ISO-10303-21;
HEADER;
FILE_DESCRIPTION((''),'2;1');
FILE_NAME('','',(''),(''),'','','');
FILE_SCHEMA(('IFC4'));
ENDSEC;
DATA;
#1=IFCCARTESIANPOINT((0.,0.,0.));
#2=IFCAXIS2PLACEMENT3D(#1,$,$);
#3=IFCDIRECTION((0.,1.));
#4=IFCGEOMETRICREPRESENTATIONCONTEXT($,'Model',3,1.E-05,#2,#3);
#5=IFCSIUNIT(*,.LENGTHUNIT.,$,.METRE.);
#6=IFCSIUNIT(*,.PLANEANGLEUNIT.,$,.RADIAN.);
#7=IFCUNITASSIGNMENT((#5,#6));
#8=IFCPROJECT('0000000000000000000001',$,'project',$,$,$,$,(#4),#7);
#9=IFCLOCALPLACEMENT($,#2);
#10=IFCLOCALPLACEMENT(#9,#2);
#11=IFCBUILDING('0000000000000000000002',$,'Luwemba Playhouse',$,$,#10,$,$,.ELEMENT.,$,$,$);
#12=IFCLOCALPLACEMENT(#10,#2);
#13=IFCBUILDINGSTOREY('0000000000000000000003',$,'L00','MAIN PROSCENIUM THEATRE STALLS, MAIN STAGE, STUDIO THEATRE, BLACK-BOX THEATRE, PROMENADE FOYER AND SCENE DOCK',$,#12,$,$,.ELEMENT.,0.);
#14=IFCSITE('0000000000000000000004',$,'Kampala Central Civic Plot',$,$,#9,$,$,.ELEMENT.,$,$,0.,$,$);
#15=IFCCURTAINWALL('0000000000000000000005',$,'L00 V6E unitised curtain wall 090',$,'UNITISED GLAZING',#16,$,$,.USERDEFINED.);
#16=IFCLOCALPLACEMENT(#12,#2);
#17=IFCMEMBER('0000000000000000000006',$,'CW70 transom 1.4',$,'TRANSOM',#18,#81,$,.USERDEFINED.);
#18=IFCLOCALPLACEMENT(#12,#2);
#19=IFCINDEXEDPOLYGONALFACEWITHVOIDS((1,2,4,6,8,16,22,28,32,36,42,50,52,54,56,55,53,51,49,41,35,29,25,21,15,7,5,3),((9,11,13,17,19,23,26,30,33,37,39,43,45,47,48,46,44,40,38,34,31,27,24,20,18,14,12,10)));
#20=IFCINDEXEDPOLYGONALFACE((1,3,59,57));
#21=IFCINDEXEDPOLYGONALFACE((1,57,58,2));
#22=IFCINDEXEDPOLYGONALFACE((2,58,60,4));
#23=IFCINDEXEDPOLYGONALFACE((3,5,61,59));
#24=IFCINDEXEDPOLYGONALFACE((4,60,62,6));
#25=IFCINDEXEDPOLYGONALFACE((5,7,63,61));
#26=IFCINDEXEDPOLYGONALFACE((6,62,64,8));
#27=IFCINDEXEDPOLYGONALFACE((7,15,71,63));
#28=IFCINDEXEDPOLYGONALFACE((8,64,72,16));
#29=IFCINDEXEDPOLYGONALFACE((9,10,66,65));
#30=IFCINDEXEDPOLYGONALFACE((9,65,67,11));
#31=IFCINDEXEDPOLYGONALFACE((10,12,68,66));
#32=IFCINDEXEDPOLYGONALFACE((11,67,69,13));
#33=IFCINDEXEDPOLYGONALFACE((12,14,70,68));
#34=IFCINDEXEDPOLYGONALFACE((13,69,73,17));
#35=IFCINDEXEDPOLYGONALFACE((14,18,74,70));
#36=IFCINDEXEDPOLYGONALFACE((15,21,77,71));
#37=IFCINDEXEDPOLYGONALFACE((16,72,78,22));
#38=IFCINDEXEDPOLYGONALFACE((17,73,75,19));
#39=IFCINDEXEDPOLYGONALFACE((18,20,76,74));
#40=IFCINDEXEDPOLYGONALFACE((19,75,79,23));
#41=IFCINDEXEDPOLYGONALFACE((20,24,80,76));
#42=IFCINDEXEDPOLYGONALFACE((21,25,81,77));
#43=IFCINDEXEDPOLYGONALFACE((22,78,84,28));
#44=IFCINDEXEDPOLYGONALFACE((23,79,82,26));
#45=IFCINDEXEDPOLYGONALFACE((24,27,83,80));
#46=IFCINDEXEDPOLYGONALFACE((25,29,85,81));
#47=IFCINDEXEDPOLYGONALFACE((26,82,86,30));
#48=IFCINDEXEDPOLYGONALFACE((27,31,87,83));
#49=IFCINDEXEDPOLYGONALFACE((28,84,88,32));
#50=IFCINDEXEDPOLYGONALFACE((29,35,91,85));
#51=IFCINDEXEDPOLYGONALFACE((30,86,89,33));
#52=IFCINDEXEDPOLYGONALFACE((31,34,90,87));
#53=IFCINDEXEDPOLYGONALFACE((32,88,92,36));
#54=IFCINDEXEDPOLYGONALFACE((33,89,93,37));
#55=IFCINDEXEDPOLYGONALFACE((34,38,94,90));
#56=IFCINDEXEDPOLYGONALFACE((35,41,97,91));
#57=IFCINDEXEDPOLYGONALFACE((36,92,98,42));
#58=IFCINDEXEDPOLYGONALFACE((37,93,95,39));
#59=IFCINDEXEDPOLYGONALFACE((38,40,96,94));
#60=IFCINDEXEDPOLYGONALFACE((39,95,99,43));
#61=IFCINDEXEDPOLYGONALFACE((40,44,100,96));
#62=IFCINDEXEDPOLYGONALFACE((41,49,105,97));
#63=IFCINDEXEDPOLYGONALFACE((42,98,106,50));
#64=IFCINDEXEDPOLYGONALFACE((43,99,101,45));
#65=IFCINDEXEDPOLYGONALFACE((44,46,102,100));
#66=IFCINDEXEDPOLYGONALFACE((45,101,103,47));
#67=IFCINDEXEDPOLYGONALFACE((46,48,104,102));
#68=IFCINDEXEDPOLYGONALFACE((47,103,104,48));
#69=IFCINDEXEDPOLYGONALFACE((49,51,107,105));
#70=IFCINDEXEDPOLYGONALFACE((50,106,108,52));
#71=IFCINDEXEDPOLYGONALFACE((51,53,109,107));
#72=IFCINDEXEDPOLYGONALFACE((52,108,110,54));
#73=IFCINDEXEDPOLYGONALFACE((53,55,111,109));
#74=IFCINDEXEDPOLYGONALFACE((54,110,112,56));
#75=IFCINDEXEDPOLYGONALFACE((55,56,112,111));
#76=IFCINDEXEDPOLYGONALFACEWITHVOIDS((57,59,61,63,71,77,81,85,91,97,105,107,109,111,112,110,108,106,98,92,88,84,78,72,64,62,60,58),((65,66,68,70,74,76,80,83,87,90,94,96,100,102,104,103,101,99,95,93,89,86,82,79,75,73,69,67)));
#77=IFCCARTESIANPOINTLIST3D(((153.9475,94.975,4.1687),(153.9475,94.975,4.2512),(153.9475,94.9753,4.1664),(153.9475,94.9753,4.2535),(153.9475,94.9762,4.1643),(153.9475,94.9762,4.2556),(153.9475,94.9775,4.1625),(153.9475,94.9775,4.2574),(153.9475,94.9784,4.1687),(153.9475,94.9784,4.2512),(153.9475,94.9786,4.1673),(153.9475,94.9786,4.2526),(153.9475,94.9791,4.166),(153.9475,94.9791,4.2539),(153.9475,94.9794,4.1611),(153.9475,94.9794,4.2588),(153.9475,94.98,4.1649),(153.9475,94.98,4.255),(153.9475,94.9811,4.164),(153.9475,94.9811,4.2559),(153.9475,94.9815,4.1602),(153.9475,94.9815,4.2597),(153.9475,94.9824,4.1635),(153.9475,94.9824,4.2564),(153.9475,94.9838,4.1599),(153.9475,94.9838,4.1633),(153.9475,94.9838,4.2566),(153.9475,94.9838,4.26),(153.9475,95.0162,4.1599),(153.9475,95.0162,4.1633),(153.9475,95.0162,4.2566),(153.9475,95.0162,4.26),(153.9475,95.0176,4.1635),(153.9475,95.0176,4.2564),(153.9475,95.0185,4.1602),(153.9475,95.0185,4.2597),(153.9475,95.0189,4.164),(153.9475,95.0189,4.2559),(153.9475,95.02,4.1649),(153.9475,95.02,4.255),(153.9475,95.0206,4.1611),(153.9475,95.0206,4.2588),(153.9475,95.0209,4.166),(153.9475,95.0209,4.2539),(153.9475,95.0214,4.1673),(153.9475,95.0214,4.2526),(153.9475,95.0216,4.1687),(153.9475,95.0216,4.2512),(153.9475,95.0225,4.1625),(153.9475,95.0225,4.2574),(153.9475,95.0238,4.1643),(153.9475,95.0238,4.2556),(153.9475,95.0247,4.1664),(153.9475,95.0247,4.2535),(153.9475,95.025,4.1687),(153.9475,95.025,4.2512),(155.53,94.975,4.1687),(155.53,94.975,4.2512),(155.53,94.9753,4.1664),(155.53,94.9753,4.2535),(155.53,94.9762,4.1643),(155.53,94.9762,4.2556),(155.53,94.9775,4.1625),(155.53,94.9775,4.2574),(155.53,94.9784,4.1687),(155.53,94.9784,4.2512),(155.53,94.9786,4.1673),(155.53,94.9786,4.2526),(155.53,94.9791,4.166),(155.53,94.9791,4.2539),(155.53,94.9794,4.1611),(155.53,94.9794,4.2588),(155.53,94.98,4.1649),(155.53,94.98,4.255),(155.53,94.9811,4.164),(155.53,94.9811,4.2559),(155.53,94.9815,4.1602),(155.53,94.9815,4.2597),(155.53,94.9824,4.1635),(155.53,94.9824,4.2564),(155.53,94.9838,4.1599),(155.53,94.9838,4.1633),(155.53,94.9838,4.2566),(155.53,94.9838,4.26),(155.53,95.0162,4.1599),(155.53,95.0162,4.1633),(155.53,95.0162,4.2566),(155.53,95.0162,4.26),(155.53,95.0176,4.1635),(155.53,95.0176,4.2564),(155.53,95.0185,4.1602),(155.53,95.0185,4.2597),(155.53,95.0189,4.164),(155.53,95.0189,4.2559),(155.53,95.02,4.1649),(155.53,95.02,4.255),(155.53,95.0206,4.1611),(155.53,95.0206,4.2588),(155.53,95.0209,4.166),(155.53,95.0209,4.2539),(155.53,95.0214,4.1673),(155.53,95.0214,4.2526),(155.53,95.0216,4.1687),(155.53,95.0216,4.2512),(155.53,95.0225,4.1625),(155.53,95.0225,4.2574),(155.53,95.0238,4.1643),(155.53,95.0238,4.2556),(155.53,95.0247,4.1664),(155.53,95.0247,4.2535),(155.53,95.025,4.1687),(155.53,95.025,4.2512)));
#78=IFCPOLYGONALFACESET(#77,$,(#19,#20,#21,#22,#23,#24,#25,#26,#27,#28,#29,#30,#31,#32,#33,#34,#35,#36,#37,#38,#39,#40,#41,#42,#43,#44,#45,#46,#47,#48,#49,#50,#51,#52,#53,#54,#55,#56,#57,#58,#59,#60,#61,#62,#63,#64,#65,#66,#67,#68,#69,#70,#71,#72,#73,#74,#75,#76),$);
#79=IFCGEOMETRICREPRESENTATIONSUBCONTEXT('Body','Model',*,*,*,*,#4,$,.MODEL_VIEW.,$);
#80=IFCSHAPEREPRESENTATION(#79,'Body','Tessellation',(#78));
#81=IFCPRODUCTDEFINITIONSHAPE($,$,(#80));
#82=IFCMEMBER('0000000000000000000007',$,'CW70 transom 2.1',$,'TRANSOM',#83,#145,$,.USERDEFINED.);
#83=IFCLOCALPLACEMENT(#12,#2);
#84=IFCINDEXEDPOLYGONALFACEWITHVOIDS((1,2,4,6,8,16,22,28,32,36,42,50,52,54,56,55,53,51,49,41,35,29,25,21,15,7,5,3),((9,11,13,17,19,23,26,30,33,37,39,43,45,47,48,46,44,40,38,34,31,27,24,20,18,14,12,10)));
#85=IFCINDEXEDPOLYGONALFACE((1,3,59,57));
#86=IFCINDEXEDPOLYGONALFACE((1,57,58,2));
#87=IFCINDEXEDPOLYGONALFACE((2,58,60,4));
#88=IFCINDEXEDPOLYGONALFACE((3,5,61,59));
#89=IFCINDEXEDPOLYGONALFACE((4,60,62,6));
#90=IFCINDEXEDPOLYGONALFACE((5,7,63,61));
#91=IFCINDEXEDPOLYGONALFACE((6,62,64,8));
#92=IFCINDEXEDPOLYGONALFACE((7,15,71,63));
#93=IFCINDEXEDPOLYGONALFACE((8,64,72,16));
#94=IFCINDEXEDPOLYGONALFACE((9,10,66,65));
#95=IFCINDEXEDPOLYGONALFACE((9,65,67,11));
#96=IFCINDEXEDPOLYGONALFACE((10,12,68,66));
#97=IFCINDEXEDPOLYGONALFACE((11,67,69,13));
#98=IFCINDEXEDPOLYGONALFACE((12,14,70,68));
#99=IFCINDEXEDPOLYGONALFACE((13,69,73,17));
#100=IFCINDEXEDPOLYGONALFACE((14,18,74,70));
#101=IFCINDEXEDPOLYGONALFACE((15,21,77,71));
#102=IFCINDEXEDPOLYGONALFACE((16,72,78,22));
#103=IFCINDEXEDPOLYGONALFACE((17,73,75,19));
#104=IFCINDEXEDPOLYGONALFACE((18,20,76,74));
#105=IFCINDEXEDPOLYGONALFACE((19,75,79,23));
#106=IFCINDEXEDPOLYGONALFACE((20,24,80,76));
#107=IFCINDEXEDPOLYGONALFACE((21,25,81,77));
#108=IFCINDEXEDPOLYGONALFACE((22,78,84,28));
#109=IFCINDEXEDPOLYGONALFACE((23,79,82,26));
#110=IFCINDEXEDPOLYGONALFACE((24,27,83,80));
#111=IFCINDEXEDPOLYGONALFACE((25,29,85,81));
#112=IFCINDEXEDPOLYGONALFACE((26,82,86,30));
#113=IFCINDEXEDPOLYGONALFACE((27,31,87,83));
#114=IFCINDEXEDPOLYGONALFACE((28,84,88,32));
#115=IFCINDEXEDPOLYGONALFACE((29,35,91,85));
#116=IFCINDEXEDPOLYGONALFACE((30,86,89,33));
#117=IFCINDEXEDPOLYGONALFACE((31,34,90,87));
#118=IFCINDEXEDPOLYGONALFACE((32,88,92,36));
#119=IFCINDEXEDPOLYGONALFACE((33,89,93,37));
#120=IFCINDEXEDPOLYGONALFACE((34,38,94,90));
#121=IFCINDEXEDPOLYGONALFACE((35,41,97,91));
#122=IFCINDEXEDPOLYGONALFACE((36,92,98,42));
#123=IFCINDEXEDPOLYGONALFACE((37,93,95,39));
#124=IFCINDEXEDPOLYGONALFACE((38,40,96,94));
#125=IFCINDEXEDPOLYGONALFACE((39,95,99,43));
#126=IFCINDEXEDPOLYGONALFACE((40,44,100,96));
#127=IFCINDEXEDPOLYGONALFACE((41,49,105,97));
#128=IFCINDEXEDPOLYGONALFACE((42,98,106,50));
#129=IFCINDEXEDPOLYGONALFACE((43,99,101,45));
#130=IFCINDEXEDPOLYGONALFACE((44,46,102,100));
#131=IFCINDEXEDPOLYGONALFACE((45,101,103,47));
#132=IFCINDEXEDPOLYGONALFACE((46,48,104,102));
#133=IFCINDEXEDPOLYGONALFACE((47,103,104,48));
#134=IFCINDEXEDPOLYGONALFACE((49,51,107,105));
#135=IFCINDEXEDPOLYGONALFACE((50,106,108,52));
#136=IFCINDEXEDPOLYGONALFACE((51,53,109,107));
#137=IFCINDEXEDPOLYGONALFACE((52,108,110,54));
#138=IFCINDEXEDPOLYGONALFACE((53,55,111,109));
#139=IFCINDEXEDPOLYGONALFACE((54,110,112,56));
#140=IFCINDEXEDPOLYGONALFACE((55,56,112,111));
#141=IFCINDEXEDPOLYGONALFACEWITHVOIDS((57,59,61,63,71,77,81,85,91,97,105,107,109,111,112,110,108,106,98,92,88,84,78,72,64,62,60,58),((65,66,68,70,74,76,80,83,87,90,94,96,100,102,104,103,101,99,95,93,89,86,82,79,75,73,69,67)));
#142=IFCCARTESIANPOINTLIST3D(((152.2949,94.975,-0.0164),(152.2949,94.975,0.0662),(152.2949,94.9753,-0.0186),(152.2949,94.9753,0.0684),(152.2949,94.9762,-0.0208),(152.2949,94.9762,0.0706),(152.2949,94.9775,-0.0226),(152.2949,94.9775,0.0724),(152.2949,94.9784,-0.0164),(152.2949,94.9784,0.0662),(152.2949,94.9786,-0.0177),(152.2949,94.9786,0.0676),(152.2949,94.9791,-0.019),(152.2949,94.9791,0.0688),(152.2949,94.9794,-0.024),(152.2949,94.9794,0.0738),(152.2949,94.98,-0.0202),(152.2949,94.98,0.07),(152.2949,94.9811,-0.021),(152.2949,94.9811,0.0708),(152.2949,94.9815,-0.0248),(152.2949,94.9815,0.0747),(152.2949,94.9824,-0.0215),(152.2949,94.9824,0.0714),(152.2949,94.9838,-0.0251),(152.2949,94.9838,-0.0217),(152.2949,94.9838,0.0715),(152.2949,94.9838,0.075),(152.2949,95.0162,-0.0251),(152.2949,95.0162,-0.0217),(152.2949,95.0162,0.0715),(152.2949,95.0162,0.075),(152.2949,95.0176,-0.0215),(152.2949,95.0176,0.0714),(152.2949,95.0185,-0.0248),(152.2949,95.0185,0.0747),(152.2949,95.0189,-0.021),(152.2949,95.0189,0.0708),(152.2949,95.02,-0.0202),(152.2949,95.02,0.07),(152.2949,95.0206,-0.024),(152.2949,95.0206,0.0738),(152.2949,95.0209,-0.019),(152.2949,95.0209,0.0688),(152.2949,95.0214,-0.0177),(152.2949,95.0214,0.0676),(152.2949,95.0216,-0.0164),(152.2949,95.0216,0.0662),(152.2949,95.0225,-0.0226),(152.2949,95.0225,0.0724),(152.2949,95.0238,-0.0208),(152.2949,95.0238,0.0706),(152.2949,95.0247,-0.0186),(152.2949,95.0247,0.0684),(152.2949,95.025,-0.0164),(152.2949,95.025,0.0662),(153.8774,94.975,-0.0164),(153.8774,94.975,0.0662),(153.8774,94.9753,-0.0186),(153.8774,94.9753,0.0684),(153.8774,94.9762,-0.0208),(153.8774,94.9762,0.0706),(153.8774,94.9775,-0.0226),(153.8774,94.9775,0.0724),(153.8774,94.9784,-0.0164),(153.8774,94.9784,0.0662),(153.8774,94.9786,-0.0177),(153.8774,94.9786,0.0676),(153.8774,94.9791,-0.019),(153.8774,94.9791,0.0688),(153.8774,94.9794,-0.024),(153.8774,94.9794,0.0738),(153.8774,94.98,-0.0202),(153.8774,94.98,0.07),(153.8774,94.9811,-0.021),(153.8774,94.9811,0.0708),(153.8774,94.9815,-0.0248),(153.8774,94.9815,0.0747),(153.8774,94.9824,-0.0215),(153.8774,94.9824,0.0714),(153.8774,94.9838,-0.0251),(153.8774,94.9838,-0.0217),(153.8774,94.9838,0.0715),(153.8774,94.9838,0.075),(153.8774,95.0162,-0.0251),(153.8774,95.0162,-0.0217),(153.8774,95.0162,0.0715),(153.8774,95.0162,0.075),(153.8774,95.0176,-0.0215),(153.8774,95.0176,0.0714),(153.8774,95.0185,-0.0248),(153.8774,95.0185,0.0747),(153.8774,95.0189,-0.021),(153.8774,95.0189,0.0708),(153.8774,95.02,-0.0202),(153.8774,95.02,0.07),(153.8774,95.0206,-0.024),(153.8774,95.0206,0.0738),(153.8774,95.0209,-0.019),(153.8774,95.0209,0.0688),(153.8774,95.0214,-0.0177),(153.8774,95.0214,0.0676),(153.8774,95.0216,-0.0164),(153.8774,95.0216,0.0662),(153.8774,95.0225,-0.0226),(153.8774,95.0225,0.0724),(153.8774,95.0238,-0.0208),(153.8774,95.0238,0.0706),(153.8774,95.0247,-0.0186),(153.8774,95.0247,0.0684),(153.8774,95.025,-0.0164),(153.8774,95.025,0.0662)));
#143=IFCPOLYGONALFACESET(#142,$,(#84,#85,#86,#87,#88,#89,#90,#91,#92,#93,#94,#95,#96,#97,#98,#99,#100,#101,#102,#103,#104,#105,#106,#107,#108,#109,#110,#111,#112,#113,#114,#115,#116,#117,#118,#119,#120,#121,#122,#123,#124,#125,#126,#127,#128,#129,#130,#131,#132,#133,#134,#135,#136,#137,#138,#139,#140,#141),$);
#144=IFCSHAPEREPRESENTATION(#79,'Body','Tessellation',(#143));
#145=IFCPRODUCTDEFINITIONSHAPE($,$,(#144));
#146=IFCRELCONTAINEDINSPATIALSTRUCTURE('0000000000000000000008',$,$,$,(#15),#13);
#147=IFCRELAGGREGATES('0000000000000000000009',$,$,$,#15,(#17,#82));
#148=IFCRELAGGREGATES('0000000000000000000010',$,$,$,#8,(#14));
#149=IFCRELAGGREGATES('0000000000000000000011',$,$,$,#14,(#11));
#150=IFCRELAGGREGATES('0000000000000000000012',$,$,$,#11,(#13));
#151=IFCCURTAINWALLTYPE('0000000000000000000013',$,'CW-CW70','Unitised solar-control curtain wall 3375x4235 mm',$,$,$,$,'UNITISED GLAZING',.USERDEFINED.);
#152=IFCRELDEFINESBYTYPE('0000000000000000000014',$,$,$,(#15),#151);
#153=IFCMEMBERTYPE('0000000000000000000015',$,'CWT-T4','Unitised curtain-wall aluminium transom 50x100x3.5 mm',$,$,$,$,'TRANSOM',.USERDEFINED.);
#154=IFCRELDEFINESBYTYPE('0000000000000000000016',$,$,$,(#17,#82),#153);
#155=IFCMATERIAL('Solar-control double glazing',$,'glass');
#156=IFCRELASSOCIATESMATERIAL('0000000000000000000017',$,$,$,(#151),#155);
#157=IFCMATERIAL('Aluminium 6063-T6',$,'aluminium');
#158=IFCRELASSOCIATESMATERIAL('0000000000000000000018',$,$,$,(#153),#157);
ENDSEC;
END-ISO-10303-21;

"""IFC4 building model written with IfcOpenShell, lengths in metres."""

from ifc_helpers import new_model, si_unit, direction, frame, origin, origin_2d, place, context, subcontext, project, spatial, hollow_rectangle, extrude, material, material_profile, profile_set, type_object, element, aggregate, save


model = new_model("IFC4")

# Units and contexts
model_context = context("Model", 3, precision=1e-05, world=origin(), true_north=direction((0.0, 1.0)))
body_context = subcontext(model_context, "Body", "Model", "MODEL_VIEW")
ifc_project = project(units=[si_unit("LENGTHUNIT", "METRE"), si_unit("PLANEANGLEUNIT", "RADIAN")], contexts=[model_context])

# Site, building, storey
site_placement = place(None, origin())
site = spatial("IfcSite", under=ifc_project, at=site_placement, Name="Kampala Central Civic Plot", CompositionType="ELEMENT", RefElevation=0.0)
building_placement = place(site_placement, origin())
building = spatial("IfcBuilding", under=site, at=building_placement, Name="Luwemba Playhouse", CompositionType="ELEMENT")
storey_placement = place(building_placement, origin())
storey = spatial("IfcBuildingStorey", under=building, at=storey_placement, Name="L00", Description="MAIN PROSCENIUM THEATRE STALLS, MAIN STAGE, STUDIO THEATRE, BLACK-BOX THEATRE, PROMENADE FOYER AND SCENE DOCK", CompositionType="ELEMENT", Elevation=0.0)

# Shared definitions
ifc_material_1 = material(Name="Solar-control double glazing", Category="glass")
ifc_material_2 = material(Name="Aluminium 6063-T6", Category="aluminium")

# Curtain wall, members
curtain_wall_type_1 = type_object("IfcCurtainWallType", Name="CW-CW70", Description="Unitised solar-control curtain wall 3375x4235 mm", ElementType="UNITISED GLAZING", PredefinedType="USERDEFINED", material=ifc_material_1)
curtain_wall_1_placement = place(storey_placement, origin())
curtain_wall_1 = element("IfcCurtainWall", 1, at=curtain_wall_1_placement, inside=storey, type_object=curtain_wall_type_1, Name="L00 V6E unitised curtain wall 090", ObjectType="UNITISED GLAZING", PredefinedType="USERDEFINED")
ifc_material_profile_1 = material_profile(ifc_material_2, hollow_rectangle(XDim=0.05, YDim=0.1001, WallThickness=0.0034, InnerFilletRadius=0.0054, OuterFilletRadius=0.0088, at=origin_2d()))
ifc_profile_set_1 = profile_set([ifc_material_profile_1], Name="Aluminium 6063-T6")
member_type_1 = type_object("IfcMemberType", Name="CWT-T4", Description="Unitised curtain-wall aluminium transom 50x100x3.5 mm", ElementType="TRANSOM", PredefinedType="USERDEFINED", material=ifc_profile_set_1)
member_1_placement = place(storey_placement, frame((155.53, 95.0, 4.21), z_axis=(-1.0, 0.0, 0.0), x_axis=(0.0, -1.0, 0.0)))
member_1 = element("IfcMember", 2, at=member_1_placement, type_object=member_type_1, Name="CW70 transom 1.4", ObjectType="TRANSOM", PredefinedType="USERDEFINED", context=body_context, shape_type="SweptSolid", body=[
    extrude(hollow_rectangle(XDim=0.05, YDim=0.1001, WallThickness=0.0034, InnerFilletRadius=0.0054, OuterFilletRadius=0.0088, at=origin_2d()), origin(), (0.0, 0.0, 1.0), 1.5825),
])
member_2_placement = place(storey_placement, frame((153.8774, 95.0, 0.0249), z_axis=(-1.0, 0.0, 0.0), x_axis=(0.0, -1.0, 0.0)))
member_2 = element("IfcMember", 3, at=member_2_placement, type_object=member_type_1, Name="CW70 transom 2.1", ObjectType="TRANSOM", PredefinedType="USERDEFINED", context=body_context, shape_type="SweptSolid", body=[
    extrude(hollow_rectangle(XDim=0.05, YDim=0.1001, WallThickness=0.0034, InnerFilletRadius=0.0054, OuterFilletRadius=0.0088, at=origin_2d()), origin(), (0.0, 0.0, 1.0), 1.5825),
])
aggregate(curtain_wall_1, [member_1, member_2])

save(model, "model.ifc")
